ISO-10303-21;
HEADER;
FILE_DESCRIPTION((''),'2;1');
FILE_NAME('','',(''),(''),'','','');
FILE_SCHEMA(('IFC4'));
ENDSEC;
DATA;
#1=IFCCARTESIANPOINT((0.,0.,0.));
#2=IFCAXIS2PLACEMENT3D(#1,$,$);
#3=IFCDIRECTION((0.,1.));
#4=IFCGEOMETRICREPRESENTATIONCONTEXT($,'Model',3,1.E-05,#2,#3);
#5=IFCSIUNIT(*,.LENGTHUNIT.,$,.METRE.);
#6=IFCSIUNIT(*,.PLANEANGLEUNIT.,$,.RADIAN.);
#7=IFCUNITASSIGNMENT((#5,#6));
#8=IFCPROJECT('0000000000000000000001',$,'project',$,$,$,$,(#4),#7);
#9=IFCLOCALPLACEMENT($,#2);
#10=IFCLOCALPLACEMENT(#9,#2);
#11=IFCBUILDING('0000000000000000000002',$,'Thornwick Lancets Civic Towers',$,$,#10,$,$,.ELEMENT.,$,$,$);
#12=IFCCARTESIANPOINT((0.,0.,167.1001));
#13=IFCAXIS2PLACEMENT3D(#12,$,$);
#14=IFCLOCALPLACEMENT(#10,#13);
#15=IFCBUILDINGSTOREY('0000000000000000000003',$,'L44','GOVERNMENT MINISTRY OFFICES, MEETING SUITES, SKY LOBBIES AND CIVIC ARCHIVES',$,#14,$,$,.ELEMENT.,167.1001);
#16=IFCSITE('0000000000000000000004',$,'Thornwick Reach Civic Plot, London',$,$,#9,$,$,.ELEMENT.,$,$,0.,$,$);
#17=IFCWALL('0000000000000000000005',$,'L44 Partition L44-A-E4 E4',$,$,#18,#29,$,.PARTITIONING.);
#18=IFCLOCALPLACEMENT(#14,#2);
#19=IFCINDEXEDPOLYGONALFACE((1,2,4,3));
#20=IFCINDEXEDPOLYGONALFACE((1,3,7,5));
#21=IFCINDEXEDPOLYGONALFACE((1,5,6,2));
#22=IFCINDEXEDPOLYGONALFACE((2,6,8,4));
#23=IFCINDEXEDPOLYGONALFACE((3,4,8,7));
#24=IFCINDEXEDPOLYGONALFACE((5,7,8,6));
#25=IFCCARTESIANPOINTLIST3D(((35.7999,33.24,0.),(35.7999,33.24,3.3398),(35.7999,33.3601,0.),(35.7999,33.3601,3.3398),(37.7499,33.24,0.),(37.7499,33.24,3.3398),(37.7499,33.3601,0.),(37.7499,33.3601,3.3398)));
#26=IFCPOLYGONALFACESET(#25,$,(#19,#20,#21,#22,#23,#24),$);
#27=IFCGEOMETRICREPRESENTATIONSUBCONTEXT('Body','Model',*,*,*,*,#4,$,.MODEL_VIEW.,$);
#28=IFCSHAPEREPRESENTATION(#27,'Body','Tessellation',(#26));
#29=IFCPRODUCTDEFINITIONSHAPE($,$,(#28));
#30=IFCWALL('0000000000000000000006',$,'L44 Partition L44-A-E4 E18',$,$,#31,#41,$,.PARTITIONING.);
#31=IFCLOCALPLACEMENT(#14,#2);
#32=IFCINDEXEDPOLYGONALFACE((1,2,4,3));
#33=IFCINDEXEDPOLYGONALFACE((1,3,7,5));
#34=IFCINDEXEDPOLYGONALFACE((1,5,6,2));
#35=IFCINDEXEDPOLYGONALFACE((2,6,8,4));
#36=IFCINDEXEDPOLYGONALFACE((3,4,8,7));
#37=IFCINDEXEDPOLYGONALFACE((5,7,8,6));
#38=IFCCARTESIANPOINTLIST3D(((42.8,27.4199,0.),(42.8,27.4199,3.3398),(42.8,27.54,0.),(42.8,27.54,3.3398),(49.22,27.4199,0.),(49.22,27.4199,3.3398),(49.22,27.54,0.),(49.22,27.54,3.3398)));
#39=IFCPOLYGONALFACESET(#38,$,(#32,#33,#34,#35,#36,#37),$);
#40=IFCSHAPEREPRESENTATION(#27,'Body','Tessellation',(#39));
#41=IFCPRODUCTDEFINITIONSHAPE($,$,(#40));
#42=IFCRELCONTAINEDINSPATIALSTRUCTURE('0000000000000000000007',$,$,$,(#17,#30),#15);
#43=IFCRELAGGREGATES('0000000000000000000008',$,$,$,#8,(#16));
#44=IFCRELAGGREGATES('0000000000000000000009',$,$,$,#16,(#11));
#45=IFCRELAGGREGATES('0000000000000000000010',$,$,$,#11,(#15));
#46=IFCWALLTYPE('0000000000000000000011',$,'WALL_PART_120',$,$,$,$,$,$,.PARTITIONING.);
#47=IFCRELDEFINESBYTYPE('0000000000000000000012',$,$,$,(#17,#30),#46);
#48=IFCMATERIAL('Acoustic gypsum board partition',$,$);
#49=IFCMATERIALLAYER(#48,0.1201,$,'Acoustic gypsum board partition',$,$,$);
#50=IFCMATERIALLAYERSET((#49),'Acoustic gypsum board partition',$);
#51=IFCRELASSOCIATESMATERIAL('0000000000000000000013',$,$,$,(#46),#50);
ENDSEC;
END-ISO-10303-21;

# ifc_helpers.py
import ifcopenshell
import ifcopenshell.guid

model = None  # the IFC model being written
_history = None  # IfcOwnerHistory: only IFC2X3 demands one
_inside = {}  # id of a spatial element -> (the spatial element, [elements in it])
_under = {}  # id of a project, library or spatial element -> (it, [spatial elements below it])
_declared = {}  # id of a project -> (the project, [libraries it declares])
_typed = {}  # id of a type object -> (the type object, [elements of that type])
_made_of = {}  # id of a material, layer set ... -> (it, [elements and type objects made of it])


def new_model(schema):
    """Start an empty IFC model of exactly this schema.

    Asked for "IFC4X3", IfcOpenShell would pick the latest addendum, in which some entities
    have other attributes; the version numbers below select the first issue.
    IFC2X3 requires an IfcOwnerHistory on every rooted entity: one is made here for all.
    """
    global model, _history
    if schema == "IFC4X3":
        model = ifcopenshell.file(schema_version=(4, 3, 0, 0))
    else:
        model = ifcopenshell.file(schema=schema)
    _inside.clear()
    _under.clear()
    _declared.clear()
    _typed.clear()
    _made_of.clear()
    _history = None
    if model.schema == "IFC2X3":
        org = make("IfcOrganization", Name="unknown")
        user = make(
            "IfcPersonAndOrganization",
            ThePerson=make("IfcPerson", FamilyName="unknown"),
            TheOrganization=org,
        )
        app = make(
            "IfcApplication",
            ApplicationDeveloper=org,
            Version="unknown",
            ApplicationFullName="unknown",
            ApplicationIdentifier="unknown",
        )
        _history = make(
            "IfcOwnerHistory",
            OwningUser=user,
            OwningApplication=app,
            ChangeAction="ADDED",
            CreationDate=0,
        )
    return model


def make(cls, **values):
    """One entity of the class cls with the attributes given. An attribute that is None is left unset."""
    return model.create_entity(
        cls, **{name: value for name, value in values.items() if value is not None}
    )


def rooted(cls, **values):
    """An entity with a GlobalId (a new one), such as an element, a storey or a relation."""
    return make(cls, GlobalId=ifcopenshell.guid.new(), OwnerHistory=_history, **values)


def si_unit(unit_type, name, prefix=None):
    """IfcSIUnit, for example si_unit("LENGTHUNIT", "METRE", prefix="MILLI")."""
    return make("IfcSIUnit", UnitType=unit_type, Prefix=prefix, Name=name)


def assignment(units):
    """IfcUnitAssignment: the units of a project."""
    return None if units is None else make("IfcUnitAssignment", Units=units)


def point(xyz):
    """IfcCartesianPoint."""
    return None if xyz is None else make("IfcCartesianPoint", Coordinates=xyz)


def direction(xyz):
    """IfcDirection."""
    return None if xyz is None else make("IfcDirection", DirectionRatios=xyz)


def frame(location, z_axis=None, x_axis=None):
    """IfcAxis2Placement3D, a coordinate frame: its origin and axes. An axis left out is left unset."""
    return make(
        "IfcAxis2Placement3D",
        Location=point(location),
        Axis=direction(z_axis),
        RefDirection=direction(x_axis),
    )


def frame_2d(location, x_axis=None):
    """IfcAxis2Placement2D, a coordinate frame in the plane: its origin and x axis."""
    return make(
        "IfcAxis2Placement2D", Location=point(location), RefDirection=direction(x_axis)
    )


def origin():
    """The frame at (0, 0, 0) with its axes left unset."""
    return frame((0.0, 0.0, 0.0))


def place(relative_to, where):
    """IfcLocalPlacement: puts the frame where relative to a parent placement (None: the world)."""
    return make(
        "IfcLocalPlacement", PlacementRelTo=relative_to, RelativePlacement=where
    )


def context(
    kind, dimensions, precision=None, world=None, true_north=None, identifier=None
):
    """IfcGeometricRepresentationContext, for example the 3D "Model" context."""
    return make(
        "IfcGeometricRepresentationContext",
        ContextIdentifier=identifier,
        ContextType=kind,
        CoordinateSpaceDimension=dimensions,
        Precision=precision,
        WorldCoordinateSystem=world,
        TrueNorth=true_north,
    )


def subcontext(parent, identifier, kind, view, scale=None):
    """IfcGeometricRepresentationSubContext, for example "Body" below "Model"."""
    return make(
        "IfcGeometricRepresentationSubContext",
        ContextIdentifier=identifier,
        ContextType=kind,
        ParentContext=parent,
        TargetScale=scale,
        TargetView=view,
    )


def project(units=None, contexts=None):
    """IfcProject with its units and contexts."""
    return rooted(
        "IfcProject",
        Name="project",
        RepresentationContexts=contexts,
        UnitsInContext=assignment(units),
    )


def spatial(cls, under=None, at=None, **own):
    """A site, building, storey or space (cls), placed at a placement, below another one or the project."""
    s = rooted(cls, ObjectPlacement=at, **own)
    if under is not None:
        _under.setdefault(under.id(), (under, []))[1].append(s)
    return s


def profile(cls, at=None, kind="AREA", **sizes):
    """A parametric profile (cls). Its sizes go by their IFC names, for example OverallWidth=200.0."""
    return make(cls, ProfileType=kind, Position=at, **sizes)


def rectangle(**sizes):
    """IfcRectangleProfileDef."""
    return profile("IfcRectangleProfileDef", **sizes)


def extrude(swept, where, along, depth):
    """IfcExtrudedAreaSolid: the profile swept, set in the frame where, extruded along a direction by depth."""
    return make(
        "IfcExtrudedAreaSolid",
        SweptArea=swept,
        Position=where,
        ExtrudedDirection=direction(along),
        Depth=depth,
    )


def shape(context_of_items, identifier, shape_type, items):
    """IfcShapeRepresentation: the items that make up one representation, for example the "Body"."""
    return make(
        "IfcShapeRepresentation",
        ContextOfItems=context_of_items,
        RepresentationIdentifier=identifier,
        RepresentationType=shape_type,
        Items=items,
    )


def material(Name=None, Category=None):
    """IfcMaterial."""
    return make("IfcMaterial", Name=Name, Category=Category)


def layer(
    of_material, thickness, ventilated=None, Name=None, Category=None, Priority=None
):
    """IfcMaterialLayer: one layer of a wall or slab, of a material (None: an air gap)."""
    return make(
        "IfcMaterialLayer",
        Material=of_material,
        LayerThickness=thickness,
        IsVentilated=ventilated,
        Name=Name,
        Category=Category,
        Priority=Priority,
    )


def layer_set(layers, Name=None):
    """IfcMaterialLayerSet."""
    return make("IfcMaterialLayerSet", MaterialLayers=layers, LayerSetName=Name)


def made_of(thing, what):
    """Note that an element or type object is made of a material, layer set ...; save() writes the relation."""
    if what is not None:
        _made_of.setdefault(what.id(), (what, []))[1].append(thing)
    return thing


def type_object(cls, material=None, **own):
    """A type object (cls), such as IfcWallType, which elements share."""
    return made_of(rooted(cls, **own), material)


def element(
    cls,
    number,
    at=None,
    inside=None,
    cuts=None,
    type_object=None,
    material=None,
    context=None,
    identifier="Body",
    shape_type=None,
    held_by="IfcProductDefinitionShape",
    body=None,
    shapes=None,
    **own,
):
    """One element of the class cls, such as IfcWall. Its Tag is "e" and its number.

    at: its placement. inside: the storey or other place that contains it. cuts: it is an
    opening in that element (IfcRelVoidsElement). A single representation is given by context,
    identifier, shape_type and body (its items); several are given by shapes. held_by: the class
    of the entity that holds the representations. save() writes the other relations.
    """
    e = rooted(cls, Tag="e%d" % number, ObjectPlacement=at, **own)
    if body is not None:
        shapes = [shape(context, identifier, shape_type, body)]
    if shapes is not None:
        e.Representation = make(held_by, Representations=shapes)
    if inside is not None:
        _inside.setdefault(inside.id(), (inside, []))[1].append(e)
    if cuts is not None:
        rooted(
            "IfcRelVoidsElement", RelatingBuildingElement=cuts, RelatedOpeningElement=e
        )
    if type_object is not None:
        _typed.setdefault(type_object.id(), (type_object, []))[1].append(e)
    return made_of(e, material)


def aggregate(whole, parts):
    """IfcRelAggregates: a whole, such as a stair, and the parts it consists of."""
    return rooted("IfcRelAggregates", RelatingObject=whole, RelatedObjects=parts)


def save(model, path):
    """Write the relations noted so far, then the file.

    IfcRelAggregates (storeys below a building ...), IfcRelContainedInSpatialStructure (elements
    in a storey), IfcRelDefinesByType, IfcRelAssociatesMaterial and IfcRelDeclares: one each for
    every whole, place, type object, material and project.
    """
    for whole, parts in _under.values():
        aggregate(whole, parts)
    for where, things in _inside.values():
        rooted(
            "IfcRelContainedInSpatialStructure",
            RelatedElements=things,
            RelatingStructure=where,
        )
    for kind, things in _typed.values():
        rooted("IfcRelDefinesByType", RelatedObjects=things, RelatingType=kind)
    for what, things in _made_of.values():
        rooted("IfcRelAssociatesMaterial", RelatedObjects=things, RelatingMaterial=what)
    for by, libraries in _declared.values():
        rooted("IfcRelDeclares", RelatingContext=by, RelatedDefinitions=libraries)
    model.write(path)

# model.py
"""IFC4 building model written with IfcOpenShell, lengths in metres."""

from ifc_helpers import new_model, si_unit, direction, frame, frame_2d, origin, place, context, subcontext, project, spatial, rectangle, extrude, material, layer, layer_set, type_object, element, save


model = new_model("IFC4")

# Units and contexts
model_context = context("Model", 3, precision=1e-05, world=origin(), true_north=direction((0.0, 1.0)))
body_context = subcontext(model_context, "Body", "Model", "MODEL_VIEW")
ifc_project = project(units=[si_unit("LENGTHUNIT", "METRE"), si_unit("PLANEANGLEUNIT", "RADIAN")], contexts=[model_context])

# Site, building, storey
site_placement = place(None, origin())
site = spatial("IfcSite", under=ifc_project, at=site_placement, Name="Thornwick Reach Civic Plot, London", CompositionType="ELEMENT", RefElevation=0.0)
building_placement = place(site_placement, origin())
building = spatial("IfcBuilding", under=site, at=building_placement, Name="Thornwick Lancets Civic Towers", CompositionType="ELEMENT")
storey_placement = place(building_placement, frame((0.0, 0.0, 167.1001)))
storey = spatial("IfcBuildingStorey", under=building, at=storey_placement, Name="L44", Description="GOVERNMENT MINISTRY OFFICES, MEETING SUITES, SKY LOBBIES AND CIVIC ARCHIVES", CompositionType="ELEMENT", Elevation=167.1001)

# Shared definitions
ifc_material_1 = material(Name="Acoustic gypsum board partition")
ifc_layer_1 = layer(ifc_material_1, 0.1201, Name="Acoustic gypsum board partition")
ifc_layer_set_1 = layer_set([ifc_layer_1], Name="Acoustic gypsum board partition")
wall_type_1 = type_object("IfcWallType", Name="WALL_PART_120", PredefinedType="PARTITIONING", material=ifc_layer_set_1)

# Walls
wall_1_placement = place(storey_placement, frame((37.75, 33.3, 0.0), z_axis=(0.0, 0.0, 1.0), x_axis=(-1.0, 0.0, 0.0)))
element("IfcWall", 1, at=wall_1_placement, inside=storey, type_object=wall_type_1, Name="L44 Partition L44-A-E4 E4", PredefinedType="PARTITIONING", context=body_context, shape_type="SweptSolid", body=[
    extrude(rectangle(XDim=1.95, YDim=0.1201, at=frame_2d((0.9751, 0.0))), origin(), (0.0, 0.0, 1.0), 3.3398),
])
wall_2_placement = place(storey_placement, frame((49.22, 27.48, 0.0), z_axis=(0.0, 0.0, 1.0), x_axis=(-1.0, 0.0, 0.0)))
element("IfcWall", 2, at=wall_2_placement, inside=storey, type_object=wall_type_1, Name="L44 Partition L44-A-E4 E18", PredefinedType="PARTITIONING", context=body_context, shape_type="SweptSolid", body=[
    extrude(rectangle(XDim=6.4199, YDim=0.1201, at=frame_2d((3.21, 0.0))), origin(), (0.0, 0.0, 1.0), 3.3398),
])

save(model, "model.ifc")
